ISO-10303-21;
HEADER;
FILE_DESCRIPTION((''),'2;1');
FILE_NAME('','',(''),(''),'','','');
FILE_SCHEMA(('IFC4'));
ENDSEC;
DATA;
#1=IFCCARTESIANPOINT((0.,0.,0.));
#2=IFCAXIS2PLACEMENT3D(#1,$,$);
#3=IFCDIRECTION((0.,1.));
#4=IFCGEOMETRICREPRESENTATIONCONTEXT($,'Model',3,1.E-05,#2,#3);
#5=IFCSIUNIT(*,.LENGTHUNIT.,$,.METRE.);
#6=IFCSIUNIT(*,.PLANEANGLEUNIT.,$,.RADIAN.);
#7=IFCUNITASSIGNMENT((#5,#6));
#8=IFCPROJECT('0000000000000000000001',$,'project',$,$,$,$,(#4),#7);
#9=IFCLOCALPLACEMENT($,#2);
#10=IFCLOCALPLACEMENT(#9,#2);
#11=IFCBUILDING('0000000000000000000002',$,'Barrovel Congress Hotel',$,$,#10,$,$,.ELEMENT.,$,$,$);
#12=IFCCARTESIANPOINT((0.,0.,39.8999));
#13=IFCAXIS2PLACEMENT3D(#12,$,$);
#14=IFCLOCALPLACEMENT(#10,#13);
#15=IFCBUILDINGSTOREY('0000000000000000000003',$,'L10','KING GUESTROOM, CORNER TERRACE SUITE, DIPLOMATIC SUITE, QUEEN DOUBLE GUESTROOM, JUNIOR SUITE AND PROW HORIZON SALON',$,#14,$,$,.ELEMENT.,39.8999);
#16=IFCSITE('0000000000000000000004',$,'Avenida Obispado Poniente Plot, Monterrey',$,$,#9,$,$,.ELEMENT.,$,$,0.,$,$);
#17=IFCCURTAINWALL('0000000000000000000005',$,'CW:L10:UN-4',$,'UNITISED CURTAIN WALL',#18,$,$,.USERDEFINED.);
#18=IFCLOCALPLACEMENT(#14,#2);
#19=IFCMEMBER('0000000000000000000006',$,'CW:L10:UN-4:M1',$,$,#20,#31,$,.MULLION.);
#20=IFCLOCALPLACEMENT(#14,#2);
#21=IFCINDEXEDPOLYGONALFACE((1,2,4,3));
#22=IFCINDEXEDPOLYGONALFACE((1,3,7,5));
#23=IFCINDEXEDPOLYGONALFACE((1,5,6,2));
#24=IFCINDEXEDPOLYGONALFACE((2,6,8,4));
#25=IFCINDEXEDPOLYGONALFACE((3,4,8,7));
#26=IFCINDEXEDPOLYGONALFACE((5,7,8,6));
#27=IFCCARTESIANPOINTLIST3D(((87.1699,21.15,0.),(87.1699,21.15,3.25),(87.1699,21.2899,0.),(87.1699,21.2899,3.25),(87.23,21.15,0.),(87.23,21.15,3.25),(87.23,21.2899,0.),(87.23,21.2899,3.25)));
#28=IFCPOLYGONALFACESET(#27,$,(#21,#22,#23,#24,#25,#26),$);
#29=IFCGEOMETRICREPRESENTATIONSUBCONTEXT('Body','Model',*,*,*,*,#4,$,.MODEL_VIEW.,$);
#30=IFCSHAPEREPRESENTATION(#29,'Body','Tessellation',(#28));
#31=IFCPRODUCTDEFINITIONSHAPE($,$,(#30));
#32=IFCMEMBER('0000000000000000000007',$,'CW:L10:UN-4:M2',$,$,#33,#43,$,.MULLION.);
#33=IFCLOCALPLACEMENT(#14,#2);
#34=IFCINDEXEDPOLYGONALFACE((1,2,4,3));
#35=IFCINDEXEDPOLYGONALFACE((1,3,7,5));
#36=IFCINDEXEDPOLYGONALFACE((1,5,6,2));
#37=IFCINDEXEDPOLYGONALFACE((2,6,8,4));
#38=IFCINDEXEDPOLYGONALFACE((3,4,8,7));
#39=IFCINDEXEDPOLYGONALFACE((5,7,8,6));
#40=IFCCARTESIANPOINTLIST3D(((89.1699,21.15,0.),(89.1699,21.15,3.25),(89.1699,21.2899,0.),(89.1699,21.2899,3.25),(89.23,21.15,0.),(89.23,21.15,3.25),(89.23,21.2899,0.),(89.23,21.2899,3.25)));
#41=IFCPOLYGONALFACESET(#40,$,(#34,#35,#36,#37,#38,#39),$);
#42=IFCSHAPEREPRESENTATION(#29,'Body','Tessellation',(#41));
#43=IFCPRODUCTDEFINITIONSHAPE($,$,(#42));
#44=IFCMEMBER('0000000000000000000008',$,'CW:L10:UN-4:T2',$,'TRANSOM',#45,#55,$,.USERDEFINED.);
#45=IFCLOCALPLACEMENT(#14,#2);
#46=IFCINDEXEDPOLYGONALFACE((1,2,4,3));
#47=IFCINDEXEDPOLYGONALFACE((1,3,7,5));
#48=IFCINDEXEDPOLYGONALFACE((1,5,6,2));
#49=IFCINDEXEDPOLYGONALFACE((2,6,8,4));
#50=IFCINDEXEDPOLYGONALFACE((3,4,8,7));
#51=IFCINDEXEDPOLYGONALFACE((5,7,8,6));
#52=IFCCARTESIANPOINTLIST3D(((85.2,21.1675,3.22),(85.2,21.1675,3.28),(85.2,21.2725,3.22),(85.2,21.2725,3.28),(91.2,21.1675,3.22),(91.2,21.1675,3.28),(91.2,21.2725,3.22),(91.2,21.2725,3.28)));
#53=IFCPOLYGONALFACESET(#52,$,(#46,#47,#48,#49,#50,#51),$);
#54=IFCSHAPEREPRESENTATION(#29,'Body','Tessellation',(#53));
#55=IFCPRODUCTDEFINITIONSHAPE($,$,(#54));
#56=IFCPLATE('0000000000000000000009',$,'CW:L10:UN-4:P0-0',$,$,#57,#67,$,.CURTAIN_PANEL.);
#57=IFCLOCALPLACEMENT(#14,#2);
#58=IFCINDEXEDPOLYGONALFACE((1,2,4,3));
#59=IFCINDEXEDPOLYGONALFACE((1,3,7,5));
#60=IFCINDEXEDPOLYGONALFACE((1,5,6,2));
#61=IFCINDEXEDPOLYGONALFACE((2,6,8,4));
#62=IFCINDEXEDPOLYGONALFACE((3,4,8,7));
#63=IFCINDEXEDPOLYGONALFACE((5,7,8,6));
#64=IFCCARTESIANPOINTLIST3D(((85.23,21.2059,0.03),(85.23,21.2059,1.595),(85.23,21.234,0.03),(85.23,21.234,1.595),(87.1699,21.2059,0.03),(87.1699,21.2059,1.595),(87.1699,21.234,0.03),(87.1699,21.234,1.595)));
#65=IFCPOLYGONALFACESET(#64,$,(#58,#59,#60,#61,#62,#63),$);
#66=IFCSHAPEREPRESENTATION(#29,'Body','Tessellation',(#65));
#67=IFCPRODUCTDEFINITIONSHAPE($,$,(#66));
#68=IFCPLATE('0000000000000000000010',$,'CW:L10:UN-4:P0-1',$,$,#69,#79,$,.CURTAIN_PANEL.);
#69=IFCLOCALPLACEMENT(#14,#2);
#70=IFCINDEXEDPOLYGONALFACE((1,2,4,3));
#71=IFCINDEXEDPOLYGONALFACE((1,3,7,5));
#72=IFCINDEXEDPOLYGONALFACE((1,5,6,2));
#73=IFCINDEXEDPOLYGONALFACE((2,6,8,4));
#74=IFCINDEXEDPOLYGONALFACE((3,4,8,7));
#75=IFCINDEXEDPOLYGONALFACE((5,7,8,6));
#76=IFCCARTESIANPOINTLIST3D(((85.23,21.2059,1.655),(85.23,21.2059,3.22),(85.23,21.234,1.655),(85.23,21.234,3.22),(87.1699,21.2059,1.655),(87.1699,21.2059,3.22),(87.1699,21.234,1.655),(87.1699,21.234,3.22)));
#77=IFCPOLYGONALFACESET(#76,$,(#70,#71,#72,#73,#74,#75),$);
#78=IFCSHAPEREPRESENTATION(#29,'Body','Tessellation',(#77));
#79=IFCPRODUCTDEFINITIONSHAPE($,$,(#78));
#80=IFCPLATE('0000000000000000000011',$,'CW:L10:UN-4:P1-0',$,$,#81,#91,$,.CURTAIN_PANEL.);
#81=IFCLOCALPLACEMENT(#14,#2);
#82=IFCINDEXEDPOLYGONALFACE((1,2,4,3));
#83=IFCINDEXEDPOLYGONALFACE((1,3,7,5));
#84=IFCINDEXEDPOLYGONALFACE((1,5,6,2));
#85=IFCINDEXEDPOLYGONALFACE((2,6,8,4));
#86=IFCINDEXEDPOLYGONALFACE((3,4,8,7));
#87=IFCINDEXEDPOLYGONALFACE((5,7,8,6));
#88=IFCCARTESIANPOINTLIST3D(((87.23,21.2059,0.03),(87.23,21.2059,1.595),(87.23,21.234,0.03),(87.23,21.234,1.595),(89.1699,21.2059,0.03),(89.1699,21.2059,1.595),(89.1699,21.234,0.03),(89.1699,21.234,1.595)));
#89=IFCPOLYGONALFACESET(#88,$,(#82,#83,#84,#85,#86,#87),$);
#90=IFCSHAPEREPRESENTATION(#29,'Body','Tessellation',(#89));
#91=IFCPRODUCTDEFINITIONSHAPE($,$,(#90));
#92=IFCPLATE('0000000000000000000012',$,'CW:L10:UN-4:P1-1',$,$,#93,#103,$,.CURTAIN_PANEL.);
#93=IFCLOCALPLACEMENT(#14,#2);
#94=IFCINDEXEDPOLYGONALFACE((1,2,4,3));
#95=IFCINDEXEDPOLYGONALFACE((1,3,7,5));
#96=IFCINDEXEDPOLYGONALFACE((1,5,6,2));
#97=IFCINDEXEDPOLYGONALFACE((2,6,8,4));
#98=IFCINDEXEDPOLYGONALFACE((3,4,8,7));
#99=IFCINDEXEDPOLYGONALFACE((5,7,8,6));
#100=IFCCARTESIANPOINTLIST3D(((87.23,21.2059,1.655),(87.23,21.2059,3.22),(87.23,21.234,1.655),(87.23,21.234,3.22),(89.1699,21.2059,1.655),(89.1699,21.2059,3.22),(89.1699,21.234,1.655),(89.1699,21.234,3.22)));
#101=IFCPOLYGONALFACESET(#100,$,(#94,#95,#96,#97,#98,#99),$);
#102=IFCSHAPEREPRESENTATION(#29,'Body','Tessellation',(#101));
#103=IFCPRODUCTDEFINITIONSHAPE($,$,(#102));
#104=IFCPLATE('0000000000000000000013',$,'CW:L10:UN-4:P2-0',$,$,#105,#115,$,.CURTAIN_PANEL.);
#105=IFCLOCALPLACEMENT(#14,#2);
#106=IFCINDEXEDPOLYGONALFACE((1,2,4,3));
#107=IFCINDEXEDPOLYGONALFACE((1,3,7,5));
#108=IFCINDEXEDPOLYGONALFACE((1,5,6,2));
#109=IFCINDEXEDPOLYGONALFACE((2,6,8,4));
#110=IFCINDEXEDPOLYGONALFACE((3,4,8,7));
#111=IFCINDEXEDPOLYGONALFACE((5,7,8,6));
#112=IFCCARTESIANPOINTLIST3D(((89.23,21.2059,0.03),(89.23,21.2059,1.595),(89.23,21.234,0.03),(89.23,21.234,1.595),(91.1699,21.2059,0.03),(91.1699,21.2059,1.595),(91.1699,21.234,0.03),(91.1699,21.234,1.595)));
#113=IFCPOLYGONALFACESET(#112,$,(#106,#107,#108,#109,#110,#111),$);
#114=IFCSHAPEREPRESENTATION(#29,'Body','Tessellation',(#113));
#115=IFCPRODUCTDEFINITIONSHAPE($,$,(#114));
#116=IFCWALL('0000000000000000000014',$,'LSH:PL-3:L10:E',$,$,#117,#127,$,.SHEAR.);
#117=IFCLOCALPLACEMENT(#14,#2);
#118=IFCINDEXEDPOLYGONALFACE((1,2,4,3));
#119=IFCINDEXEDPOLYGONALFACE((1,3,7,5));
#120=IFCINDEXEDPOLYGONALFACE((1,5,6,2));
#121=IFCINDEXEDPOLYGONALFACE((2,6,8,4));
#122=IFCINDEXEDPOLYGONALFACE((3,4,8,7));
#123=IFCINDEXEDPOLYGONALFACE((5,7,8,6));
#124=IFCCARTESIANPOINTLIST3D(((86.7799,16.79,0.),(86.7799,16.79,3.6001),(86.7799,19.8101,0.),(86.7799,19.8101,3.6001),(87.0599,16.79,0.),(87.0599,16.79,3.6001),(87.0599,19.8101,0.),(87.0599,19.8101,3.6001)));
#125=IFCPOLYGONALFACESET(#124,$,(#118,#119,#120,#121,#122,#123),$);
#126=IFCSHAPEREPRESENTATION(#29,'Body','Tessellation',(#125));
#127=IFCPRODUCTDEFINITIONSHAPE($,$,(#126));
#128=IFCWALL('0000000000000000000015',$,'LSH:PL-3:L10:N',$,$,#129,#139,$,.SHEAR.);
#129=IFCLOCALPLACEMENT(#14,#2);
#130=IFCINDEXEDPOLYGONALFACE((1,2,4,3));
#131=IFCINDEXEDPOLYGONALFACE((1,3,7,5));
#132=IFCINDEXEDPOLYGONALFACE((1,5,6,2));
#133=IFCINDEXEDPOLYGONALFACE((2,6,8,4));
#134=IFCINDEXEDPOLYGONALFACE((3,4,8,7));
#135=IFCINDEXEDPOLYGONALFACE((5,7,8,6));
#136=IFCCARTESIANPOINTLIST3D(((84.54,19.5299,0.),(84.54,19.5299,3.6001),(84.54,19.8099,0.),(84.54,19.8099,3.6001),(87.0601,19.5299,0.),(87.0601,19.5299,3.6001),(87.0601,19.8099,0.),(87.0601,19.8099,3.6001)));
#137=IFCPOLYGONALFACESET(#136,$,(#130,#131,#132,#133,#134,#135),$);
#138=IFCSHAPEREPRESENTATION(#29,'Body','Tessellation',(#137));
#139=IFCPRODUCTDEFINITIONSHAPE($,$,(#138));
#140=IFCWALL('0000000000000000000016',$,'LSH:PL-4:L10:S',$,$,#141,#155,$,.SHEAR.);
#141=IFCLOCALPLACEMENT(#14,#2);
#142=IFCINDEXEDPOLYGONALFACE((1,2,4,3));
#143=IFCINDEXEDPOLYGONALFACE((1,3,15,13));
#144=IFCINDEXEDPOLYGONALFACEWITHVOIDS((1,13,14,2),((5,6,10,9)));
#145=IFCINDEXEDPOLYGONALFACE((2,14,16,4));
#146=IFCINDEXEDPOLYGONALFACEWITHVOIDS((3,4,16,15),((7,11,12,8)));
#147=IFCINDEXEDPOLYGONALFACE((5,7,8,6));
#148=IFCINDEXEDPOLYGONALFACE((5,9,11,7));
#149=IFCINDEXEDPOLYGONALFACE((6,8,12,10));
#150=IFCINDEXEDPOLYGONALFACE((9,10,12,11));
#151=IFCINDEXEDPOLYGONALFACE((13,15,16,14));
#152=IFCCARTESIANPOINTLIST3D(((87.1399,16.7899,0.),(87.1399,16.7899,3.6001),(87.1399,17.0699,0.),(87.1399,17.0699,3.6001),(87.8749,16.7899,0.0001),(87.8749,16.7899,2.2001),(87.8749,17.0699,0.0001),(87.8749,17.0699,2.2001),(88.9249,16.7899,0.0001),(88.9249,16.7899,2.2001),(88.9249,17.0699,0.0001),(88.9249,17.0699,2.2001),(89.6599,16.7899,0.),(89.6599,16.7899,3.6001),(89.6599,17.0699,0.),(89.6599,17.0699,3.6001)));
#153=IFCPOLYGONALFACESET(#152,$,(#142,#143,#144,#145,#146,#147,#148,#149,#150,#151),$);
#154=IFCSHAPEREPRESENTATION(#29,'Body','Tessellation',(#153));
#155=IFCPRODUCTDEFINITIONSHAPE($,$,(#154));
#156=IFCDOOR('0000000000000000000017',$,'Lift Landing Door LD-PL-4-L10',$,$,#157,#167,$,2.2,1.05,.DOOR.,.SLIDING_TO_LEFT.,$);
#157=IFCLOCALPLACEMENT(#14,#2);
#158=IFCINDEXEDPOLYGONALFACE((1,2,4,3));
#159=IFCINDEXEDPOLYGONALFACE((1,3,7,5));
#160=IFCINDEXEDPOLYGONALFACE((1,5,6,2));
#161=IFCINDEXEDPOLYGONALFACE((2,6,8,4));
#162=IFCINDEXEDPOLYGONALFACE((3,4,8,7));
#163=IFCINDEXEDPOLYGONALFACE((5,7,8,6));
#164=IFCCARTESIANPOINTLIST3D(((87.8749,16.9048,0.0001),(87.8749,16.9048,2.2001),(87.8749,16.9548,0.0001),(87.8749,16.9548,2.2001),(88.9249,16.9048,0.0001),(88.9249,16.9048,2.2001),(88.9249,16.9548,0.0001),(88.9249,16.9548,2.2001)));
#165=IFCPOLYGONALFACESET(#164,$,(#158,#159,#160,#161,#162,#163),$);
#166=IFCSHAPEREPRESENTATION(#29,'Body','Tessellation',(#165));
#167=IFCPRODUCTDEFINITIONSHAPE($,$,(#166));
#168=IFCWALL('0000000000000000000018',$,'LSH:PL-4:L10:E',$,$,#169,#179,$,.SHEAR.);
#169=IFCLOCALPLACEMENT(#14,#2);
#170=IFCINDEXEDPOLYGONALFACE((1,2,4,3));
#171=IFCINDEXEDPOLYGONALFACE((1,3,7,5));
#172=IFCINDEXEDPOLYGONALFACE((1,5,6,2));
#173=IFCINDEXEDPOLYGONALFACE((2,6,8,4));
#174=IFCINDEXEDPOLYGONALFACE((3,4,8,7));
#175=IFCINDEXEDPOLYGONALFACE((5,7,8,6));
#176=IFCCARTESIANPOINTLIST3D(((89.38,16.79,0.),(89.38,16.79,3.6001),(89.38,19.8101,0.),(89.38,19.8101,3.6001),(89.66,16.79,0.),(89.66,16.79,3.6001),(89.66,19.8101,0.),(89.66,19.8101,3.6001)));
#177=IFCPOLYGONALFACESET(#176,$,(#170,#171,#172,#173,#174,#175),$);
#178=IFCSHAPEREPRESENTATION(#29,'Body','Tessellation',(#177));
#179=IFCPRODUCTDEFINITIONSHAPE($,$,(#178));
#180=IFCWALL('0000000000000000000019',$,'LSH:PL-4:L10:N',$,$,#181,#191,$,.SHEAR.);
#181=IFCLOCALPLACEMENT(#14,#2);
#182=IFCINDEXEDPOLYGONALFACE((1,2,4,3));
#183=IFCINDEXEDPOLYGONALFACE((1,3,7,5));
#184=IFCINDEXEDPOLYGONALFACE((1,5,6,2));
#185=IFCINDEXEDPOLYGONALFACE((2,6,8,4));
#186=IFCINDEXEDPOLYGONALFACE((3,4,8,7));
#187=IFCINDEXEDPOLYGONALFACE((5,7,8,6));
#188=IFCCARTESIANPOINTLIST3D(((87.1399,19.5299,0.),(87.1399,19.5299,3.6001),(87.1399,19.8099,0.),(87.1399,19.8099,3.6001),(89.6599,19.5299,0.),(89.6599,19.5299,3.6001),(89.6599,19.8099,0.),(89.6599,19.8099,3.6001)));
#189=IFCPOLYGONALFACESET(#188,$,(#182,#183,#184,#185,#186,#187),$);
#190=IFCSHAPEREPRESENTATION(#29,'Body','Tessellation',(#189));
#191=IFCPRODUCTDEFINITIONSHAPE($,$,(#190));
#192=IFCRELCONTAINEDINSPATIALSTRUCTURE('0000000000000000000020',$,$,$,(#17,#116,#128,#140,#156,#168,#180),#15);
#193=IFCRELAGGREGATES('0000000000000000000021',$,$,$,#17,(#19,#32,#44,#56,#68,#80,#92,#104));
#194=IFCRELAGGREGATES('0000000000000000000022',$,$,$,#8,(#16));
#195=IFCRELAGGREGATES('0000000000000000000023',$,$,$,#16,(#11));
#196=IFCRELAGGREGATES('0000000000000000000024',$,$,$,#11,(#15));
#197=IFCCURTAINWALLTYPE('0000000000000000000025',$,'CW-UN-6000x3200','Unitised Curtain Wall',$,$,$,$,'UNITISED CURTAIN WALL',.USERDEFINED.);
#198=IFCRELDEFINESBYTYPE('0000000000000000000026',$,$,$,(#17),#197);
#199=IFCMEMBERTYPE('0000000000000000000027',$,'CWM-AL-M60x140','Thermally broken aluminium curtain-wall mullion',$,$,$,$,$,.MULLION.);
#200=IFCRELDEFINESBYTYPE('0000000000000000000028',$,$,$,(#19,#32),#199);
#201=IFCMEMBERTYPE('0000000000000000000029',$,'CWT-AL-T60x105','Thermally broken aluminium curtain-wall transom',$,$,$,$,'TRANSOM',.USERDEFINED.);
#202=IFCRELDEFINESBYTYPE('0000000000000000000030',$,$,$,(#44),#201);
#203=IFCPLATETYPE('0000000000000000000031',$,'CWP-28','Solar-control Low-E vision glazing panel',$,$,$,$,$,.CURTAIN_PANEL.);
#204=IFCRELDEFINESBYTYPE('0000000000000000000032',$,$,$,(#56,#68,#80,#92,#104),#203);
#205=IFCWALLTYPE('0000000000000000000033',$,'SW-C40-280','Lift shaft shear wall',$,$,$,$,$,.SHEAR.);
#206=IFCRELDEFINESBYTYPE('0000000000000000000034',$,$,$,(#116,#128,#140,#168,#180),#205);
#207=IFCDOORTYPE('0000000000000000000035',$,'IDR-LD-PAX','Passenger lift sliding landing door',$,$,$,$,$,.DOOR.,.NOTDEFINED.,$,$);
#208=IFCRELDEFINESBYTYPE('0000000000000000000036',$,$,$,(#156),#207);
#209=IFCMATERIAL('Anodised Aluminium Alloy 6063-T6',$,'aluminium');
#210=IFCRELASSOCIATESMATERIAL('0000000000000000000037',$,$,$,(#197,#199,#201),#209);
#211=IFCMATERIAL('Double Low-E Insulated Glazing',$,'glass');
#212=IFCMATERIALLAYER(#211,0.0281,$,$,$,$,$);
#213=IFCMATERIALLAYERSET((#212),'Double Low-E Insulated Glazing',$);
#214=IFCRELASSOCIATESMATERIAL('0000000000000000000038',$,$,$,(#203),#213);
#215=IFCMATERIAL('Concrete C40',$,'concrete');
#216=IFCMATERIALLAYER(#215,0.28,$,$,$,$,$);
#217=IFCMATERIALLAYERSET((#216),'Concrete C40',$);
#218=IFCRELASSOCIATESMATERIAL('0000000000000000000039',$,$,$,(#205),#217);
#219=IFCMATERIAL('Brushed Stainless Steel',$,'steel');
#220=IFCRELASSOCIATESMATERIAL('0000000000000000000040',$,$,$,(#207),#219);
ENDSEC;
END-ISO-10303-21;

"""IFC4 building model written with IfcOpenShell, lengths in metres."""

from ifc_helpers import new_model, si_unit, direction, frame, frame_2d, origin, origin_2d, place, context, subcontext, project, spatial, rectangle, extrude, material, layer, layer_set, material_profile, profile_set, type_object, element, fill, aggregate, save


model = new_model("IFC4")

# Units and contexts
model_context = context("Model", 3, precision=1e-05, world=origin(), true_north=direction((0.0, 1.0)))
body_context = subcontext(model_context, "Body", "Model", "MODEL_VIEW")
ifc_project = project(units=[si_unit("LENGTHUNIT", "METRE"), si_unit("PLANEANGLEUNIT", "RADIAN")], contexts=[model_context])

# Site, building, storey
site_placement = place(None, origin())
site = spatial("IfcSite", under=ifc_project, at=site_placement, Name="Avenida Obispado Poniente Plot, Monterrey", CompositionType="ELEMENT", RefElevation=0.0)
building_placement = place(site_placement, origin())
building = spatial("IfcBuilding", under=site, at=building_placement, Name="Barrovel Congress Hotel", CompositionType="ELEMENT")
storey_placement = place(building_placement, frame((0.0, 0.0, 39.8999)))
storey = spatial("IfcBuildingStorey", under=building, at=storey_placement, Name="L10", Description="KING GUESTROOM, CORNER TERRACE SUITE, DIPLOMATIC SUITE, QUEEN DOUBLE GUESTROOM, JUNIOR SUITE AND PROW HORIZON SALON", CompositionType="ELEMENT", Elevation=39.8999)

# Curtain wall, members, plates
ifc_material_1 = material(Name="Anodised Aluminium Alloy 6063-T6", Category="aluminium")
curtain_wall_type = type_object("IfcCurtainWallType", Name="CW-UN-6000x3200", Description="Unitised Curtain Wall", ElementType="UNITISED CURTAIN WALL", PredefinedType="USERDEFINED", material=ifc_material_1)
curtain_wall_placement = place(storey_placement, origin())
curtain_wall = element("IfcCurtainWall", 1, at=curtain_wall_placement, inside=storey, type_object=curtain_wall_type, Name="CW:L10:UN-4", ObjectType="UNITISED CURTAIN WALL", PredefinedType="USERDEFINED")
ifc_material_profile_1 = material_profile(ifc_material_1, rectangle(XDim=0.0601, YDim=0.1399, at=origin_2d()), Name="AL-M60x140")
ifc_profile_set_1 = profile_set([ifc_material_profile_1], Name="Anodised Aluminium Alloy 6063-T6")
member_type_1 = type_object("IfcMemberType", Name="CWM-AL-M60x140", Description="Thermally broken aluminium curtain-wall mullion", PredefinedType="MULLION", material=ifc_profile_set_1)
member_1_placement = place(storey_placement, frame((87.2, 21.22, 0.0), z_axis=(0.0, 0.0, 1.0), x_axis=(1.0, 0.0, 0.0)))
member_1 = element("IfcMember", 2, at=member_1_placement, type_object=member_type_1, Name="CW:L10:UN-4:M1", PredefinedType="MULLION", context=body_context, shape_type="SweptSolid", body=[
    extrude(rectangle(XDim=0.0601, YDim=0.1399, at=origin_2d()), origin(), (0.0, 0.0, 1.0), 3.25),
])
member_2_placement = place(storey_placement, frame((89.2, 21.22, 0.0), z_axis=(0.0, 0.0, 1.0), x_axis=(1.0, 0.0, 0.0)))
member_2 = element("IfcMember", 3, at=member_2_placement, type_object=member_type_1, Name="CW:L10:UN-4:M2", PredefinedType="MULLION", context=body_context, shape_type="SweptSolid", body=[
    extrude(rectangle(XDim=0.0601, YDim=0.1399, at=origin_2d()), origin(), (0.0, 0.0, 1.0), 3.25),
])
ifc_material_profile_2 = material_profile(ifc_material_1, rectangle(XDim=0.105, YDim=0.0601, at=origin_2d()), Name="AL-T60x105")
ifc_profile_set_2 = profile_set([ifc_material_profile_2], Name="Anodised Aluminium Alloy 6063-T6")
member_type_2 = type_object("IfcMemberType", Name="CWT-AL-T60x105", Description="Thermally broken aluminium curtain-wall transom", ElementType="TRANSOM", PredefinedType="USERDEFINED", material=ifc_profile_set_2)
member_3_placement = place(storey_placement, frame((85.2, 21.22, 3.25), z_axis=(1.0, 0.0, 0.0), x_axis=(0.0, 1.0, 0.0)))
member_3 = element("IfcMember", 4, at=member_3_placement, type_object=member_type_2, Name="CW:L10:UN-4:T2", ObjectType="TRANSOM", PredefinedType="USERDEFINED", context=body_context, shape_type="SweptSolid", body=[
    extrude(rectangle(XDim=0.105, YDim=0.0601, at=origin_2d()), origin(), (0.0, 0.0, 1.0), 6.0),
])
ifc_material_2 = material(Name="Double Low-E Insulated Glazing", Category="glass")
ifc_layer_1 = layer(ifc_material_2, 0.0281)
ifc_layer_set_1 = layer_set([ifc_layer_1], Name="Double Low-E Insulated Glazing")
plate_type = type_object("IfcPlateType", Name="CWP-28", Description="Solar-control Low-E vision glazing panel", PredefinedType="CURTAIN_PANEL", material=ifc_layer_set_1)
plate_1_placement = place(storey_placement, frame((86.2, 21.22, 0.03), z_axis=(0.0, 0.0, 1.0), x_axis=(1.0, 0.0, 0.0)))
plate_1 = element("IfcPlate", 5, at=plate_1_placement, type_object=plate_type, Name="CW:L10:UN-4:P0-0", PredefinedType="CURTAIN_PANEL", context=body_context, shape_type="SweptSolid", body=[
    extrude(rectangle(XDim=1.9399, YDim=0.0281, at=origin_2d()), origin(), (0.0, 0.0, 1.0), 1.5649),
])
plate_2_placement = place(storey_placement, frame((86.2, 21.22, 1.655), z_axis=(0.0, 0.0, 1.0), x_axis=(1.0, 0.0, 0.0)))
plate_2 = element("IfcPlate", 6, at=plate_2_placement, type_object=plate_type, Name="CW:L10:UN-4:P0-1", PredefinedType="CURTAIN_PANEL", context=body_context, shape_type="SweptSolid", body=[
    extrude(rectangle(XDim=1.9399, YDim=0.0281, at=origin_2d()), origin(), (0.0, 0.0, 1.0), 1.5649),
])
plate_3_placement = place(storey_placement, frame((88.2, 21.22, 0.03), z_axis=(0.0, 0.0, 1.0), x_axis=(1.0, 0.0, 0.0)))
plate_3 = element("IfcPlate", 7, at=plate_3_placement, type_object=plate_type, Name="CW:L10:UN-4:P1-0", PredefinedType="CURTAIN_PANEL", context=body_context, shape_type="SweptSolid", body=[
    extrude(rectangle(XDim=1.9399, YDim=0.0281, at=origin_2d()), origin(), (0.0, 0.0, 1.0), 1.5649),
])
plate_4_placement = place(storey_placement, frame((88.2, 21.22, 1.655), z_axis=(0.0, 0.0, 1.0), x_axis=(1.0, 0.0, 0.0)))
plate_4 = element("IfcPlate", 8, at=plate_4_placement, type_object=plate_type, Name="CW:L10:UN-4:P1-1", PredefinedType="CURTAIN_PANEL", context=body_context, shape_type="SweptSolid", body=[
    extrude(rectangle(XDim=1.9399, YDim=0.0281, at=origin_2d()), origin(), (0.0, 0.0, 1.0), 1.5649),
])
plate_5_placement = place(storey_placement, frame((90.2, 21.22, 0.03), z_axis=(0.0, 0.0, 1.0), x_axis=(1.0, 0.0, 0.0)))
plate_5 = element("IfcPlate", 9, at=plate_5_placement, type_object=plate_type, Name="CW:L10:UN-4:P2-0", PredefinedType="CURTAIN_PANEL", context=body_context, shape_type="SweptSolid", body=[
    extrude(rectangle(XDim=1.9399, YDim=0.0281, at=origin_2d()), origin(), (0.0, 0.0, 1.0), 1.5649),
])
aggregate(curtain_wall, [member_1, member_2, member_3, plate_1, plate_2, plate_3, plate_4, plate_5])

# Walls
ifc_material_3 = material(Name="Concrete C40", Category="concrete")
ifc_layer_2 = layer(ifc_material_3, 0.28)
ifc_layer_set_2 = layer_set([ifc_layer_2], Name="Concrete C40")
wall_type = type_object("IfcWallType", Name="SW-C40-280", Description="Lift shaft shear wall", PredefinedType="SHEAR", material=ifc_layer_set_2)
wall_1_placement = place(storey_placement, frame((86.9199, 16.79, 0.0), z_axis=(0.0, 0.0, 1.0), x_axis=(0.0, 1.0, 0.0)))
element("IfcWall", 10, at=wall_1_placement, inside=storey, type_object=wall_type, Name="LSH:PL-3:L10:E", PredefinedType="SHEAR", context=body_context, shape_type="SweptSolid", body=[
    extrude(rectangle(XDim=3.02, YDim=0.28, at=frame_2d((1.51, 0.0))), origin(), (0.0, 0.0, 1.0), 3.6001),
])
wall_2_placement = place(storey_placement, frame((87.0601, 19.6699, 0.0), z_axis=(0.0, 0.0, 1.0), x_axis=(-1.0, 0.0, 0.0)))
element("IfcWall", 11, at=wall_2_placement, inside=storey, type_object=wall_type, Name="LSH:PL-3:L10:N", PredefinedType="SHEAR", context=body_context, shape_type="SweptSolid", body=[
    extrude(rectangle(XDim=2.52, YDim=0.28, at=frame_2d((1.26, 0.0))), origin(), (0.0, 0.0, 1.0), 3.6001),
])

# Wall, opening, door
wall_3_placement = place(storey_placement, frame((87.1399, 16.9299, 0.0), z_axis=(0.0, 0.0, 1.0), x_axis=(1.0, 0.0, 0.0)))
wall_3 = element("IfcWall", 12, at=wall_3_placement, inside=storey, type_object=wall_type, Name="LSH:PL-4:L10:S", PredefinedType="SHEAR", context=body_context, shape_type="SweptSolid", body=[
    extrude(rectangle(XDim=2.52, YDim=0.28, at=frame_2d((1.26, 0.0))), origin(), (0.0, 0.0, 1.0), 3.6001),
])
opening_1_placement = place(wall_3_placement, frame((0.7351, 0.0, 0.0)))
opening_1 = element("IfcOpeningElement", 13, at=opening_1_placement, cuts=wall_3, PredefinedType="OPENING", context=body_context, shape_type="SweptSolid", body=[
    extrude(rectangle(XDim=1.05, YDim=2.2, at=frame_2d((0.5249, 1.1001))), frame((0.0, 0.1499, 0.0), z_axis=(0.0, -1.0, 0.0), x_axis=(1.0, 0.0, 0.0)), (0.0, 0.0, 1.0), 0.3),
])
ifc_material_4 = material(Name="Brushed Stainless Steel", Category="steel")
door_type_1 = type_object("IfcDoorType", Name="IDR-LD-PAX", Description="Passenger lift sliding landing door", OperationType="NOTDEFINED", PredefinedType="DOOR", material=ifc_material_4)
door_1_placement = place(opening_1_placement, origin())
door_1 = element("IfcDoor", 14, at=door_1_placement, inside=storey, type_object=door_type_1, Name="Lift Landing Door LD-PL-4-L10", OperationType="SLIDING_TO_LEFT", OverallHeight=2.2, OverallWidth=1.05, PredefinedType="DOOR", context=body_context, shape_type="SweptSolid", body=[
    extrude(rectangle(XDim=1.05, YDim=2.2, at=frame_2d((0.5249, 1.1001))), frame((0.0, 0.0249, 0.0), z_axis=(0.0, -1.0, 0.0), x_axis=(1.0, 0.0, 0.0)), (0.0, 0.0, 1.0), 0.05),
])
fill(opening_1, door_1)

# Walls
wall_4_placement = place(storey_placement, frame((89.52, 16.79, 0.0), z_axis=(0.0, 0.0, 1.0), x_axis=(0.0, 1.0, 0.0)))
element("IfcWall", 15, at=wall_4_placement, inside=storey, type_object=wall_type, Name="LSH:PL-4:L10:E", PredefinedType="SHEAR", context=body_context, shape_type="SweptSolid", body=[
    extrude(rectangle(XDim=3.02, YDim=0.28, at=frame_2d((1.51, 0.0))), origin(), (0.0, 0.0, 1.0), 3.6001),
])
wall_5_placement = place(storey_placement, frame((89.6599, 19.6699, 0.0), z_axis=(0.0, 0.0, 1.0), x_axis=(-1.0, 0.0, 0.0)))
element("IfcWall", 16, at=wall_5_placement, inside=storey, type_object=wall_type, Name="LSH:PL-4:L10:N", PredefinedType="SHEAR", context=body_context, shape_type="SweptSolid", body=[
    extrude(rectangle(XDim=2.52, YDim=0.28, at=frame_2d((1.26, 0.0))), origin(), (0.0, 0.0, 1.0), 3.6001),
])

save(model, "model.ifc")
